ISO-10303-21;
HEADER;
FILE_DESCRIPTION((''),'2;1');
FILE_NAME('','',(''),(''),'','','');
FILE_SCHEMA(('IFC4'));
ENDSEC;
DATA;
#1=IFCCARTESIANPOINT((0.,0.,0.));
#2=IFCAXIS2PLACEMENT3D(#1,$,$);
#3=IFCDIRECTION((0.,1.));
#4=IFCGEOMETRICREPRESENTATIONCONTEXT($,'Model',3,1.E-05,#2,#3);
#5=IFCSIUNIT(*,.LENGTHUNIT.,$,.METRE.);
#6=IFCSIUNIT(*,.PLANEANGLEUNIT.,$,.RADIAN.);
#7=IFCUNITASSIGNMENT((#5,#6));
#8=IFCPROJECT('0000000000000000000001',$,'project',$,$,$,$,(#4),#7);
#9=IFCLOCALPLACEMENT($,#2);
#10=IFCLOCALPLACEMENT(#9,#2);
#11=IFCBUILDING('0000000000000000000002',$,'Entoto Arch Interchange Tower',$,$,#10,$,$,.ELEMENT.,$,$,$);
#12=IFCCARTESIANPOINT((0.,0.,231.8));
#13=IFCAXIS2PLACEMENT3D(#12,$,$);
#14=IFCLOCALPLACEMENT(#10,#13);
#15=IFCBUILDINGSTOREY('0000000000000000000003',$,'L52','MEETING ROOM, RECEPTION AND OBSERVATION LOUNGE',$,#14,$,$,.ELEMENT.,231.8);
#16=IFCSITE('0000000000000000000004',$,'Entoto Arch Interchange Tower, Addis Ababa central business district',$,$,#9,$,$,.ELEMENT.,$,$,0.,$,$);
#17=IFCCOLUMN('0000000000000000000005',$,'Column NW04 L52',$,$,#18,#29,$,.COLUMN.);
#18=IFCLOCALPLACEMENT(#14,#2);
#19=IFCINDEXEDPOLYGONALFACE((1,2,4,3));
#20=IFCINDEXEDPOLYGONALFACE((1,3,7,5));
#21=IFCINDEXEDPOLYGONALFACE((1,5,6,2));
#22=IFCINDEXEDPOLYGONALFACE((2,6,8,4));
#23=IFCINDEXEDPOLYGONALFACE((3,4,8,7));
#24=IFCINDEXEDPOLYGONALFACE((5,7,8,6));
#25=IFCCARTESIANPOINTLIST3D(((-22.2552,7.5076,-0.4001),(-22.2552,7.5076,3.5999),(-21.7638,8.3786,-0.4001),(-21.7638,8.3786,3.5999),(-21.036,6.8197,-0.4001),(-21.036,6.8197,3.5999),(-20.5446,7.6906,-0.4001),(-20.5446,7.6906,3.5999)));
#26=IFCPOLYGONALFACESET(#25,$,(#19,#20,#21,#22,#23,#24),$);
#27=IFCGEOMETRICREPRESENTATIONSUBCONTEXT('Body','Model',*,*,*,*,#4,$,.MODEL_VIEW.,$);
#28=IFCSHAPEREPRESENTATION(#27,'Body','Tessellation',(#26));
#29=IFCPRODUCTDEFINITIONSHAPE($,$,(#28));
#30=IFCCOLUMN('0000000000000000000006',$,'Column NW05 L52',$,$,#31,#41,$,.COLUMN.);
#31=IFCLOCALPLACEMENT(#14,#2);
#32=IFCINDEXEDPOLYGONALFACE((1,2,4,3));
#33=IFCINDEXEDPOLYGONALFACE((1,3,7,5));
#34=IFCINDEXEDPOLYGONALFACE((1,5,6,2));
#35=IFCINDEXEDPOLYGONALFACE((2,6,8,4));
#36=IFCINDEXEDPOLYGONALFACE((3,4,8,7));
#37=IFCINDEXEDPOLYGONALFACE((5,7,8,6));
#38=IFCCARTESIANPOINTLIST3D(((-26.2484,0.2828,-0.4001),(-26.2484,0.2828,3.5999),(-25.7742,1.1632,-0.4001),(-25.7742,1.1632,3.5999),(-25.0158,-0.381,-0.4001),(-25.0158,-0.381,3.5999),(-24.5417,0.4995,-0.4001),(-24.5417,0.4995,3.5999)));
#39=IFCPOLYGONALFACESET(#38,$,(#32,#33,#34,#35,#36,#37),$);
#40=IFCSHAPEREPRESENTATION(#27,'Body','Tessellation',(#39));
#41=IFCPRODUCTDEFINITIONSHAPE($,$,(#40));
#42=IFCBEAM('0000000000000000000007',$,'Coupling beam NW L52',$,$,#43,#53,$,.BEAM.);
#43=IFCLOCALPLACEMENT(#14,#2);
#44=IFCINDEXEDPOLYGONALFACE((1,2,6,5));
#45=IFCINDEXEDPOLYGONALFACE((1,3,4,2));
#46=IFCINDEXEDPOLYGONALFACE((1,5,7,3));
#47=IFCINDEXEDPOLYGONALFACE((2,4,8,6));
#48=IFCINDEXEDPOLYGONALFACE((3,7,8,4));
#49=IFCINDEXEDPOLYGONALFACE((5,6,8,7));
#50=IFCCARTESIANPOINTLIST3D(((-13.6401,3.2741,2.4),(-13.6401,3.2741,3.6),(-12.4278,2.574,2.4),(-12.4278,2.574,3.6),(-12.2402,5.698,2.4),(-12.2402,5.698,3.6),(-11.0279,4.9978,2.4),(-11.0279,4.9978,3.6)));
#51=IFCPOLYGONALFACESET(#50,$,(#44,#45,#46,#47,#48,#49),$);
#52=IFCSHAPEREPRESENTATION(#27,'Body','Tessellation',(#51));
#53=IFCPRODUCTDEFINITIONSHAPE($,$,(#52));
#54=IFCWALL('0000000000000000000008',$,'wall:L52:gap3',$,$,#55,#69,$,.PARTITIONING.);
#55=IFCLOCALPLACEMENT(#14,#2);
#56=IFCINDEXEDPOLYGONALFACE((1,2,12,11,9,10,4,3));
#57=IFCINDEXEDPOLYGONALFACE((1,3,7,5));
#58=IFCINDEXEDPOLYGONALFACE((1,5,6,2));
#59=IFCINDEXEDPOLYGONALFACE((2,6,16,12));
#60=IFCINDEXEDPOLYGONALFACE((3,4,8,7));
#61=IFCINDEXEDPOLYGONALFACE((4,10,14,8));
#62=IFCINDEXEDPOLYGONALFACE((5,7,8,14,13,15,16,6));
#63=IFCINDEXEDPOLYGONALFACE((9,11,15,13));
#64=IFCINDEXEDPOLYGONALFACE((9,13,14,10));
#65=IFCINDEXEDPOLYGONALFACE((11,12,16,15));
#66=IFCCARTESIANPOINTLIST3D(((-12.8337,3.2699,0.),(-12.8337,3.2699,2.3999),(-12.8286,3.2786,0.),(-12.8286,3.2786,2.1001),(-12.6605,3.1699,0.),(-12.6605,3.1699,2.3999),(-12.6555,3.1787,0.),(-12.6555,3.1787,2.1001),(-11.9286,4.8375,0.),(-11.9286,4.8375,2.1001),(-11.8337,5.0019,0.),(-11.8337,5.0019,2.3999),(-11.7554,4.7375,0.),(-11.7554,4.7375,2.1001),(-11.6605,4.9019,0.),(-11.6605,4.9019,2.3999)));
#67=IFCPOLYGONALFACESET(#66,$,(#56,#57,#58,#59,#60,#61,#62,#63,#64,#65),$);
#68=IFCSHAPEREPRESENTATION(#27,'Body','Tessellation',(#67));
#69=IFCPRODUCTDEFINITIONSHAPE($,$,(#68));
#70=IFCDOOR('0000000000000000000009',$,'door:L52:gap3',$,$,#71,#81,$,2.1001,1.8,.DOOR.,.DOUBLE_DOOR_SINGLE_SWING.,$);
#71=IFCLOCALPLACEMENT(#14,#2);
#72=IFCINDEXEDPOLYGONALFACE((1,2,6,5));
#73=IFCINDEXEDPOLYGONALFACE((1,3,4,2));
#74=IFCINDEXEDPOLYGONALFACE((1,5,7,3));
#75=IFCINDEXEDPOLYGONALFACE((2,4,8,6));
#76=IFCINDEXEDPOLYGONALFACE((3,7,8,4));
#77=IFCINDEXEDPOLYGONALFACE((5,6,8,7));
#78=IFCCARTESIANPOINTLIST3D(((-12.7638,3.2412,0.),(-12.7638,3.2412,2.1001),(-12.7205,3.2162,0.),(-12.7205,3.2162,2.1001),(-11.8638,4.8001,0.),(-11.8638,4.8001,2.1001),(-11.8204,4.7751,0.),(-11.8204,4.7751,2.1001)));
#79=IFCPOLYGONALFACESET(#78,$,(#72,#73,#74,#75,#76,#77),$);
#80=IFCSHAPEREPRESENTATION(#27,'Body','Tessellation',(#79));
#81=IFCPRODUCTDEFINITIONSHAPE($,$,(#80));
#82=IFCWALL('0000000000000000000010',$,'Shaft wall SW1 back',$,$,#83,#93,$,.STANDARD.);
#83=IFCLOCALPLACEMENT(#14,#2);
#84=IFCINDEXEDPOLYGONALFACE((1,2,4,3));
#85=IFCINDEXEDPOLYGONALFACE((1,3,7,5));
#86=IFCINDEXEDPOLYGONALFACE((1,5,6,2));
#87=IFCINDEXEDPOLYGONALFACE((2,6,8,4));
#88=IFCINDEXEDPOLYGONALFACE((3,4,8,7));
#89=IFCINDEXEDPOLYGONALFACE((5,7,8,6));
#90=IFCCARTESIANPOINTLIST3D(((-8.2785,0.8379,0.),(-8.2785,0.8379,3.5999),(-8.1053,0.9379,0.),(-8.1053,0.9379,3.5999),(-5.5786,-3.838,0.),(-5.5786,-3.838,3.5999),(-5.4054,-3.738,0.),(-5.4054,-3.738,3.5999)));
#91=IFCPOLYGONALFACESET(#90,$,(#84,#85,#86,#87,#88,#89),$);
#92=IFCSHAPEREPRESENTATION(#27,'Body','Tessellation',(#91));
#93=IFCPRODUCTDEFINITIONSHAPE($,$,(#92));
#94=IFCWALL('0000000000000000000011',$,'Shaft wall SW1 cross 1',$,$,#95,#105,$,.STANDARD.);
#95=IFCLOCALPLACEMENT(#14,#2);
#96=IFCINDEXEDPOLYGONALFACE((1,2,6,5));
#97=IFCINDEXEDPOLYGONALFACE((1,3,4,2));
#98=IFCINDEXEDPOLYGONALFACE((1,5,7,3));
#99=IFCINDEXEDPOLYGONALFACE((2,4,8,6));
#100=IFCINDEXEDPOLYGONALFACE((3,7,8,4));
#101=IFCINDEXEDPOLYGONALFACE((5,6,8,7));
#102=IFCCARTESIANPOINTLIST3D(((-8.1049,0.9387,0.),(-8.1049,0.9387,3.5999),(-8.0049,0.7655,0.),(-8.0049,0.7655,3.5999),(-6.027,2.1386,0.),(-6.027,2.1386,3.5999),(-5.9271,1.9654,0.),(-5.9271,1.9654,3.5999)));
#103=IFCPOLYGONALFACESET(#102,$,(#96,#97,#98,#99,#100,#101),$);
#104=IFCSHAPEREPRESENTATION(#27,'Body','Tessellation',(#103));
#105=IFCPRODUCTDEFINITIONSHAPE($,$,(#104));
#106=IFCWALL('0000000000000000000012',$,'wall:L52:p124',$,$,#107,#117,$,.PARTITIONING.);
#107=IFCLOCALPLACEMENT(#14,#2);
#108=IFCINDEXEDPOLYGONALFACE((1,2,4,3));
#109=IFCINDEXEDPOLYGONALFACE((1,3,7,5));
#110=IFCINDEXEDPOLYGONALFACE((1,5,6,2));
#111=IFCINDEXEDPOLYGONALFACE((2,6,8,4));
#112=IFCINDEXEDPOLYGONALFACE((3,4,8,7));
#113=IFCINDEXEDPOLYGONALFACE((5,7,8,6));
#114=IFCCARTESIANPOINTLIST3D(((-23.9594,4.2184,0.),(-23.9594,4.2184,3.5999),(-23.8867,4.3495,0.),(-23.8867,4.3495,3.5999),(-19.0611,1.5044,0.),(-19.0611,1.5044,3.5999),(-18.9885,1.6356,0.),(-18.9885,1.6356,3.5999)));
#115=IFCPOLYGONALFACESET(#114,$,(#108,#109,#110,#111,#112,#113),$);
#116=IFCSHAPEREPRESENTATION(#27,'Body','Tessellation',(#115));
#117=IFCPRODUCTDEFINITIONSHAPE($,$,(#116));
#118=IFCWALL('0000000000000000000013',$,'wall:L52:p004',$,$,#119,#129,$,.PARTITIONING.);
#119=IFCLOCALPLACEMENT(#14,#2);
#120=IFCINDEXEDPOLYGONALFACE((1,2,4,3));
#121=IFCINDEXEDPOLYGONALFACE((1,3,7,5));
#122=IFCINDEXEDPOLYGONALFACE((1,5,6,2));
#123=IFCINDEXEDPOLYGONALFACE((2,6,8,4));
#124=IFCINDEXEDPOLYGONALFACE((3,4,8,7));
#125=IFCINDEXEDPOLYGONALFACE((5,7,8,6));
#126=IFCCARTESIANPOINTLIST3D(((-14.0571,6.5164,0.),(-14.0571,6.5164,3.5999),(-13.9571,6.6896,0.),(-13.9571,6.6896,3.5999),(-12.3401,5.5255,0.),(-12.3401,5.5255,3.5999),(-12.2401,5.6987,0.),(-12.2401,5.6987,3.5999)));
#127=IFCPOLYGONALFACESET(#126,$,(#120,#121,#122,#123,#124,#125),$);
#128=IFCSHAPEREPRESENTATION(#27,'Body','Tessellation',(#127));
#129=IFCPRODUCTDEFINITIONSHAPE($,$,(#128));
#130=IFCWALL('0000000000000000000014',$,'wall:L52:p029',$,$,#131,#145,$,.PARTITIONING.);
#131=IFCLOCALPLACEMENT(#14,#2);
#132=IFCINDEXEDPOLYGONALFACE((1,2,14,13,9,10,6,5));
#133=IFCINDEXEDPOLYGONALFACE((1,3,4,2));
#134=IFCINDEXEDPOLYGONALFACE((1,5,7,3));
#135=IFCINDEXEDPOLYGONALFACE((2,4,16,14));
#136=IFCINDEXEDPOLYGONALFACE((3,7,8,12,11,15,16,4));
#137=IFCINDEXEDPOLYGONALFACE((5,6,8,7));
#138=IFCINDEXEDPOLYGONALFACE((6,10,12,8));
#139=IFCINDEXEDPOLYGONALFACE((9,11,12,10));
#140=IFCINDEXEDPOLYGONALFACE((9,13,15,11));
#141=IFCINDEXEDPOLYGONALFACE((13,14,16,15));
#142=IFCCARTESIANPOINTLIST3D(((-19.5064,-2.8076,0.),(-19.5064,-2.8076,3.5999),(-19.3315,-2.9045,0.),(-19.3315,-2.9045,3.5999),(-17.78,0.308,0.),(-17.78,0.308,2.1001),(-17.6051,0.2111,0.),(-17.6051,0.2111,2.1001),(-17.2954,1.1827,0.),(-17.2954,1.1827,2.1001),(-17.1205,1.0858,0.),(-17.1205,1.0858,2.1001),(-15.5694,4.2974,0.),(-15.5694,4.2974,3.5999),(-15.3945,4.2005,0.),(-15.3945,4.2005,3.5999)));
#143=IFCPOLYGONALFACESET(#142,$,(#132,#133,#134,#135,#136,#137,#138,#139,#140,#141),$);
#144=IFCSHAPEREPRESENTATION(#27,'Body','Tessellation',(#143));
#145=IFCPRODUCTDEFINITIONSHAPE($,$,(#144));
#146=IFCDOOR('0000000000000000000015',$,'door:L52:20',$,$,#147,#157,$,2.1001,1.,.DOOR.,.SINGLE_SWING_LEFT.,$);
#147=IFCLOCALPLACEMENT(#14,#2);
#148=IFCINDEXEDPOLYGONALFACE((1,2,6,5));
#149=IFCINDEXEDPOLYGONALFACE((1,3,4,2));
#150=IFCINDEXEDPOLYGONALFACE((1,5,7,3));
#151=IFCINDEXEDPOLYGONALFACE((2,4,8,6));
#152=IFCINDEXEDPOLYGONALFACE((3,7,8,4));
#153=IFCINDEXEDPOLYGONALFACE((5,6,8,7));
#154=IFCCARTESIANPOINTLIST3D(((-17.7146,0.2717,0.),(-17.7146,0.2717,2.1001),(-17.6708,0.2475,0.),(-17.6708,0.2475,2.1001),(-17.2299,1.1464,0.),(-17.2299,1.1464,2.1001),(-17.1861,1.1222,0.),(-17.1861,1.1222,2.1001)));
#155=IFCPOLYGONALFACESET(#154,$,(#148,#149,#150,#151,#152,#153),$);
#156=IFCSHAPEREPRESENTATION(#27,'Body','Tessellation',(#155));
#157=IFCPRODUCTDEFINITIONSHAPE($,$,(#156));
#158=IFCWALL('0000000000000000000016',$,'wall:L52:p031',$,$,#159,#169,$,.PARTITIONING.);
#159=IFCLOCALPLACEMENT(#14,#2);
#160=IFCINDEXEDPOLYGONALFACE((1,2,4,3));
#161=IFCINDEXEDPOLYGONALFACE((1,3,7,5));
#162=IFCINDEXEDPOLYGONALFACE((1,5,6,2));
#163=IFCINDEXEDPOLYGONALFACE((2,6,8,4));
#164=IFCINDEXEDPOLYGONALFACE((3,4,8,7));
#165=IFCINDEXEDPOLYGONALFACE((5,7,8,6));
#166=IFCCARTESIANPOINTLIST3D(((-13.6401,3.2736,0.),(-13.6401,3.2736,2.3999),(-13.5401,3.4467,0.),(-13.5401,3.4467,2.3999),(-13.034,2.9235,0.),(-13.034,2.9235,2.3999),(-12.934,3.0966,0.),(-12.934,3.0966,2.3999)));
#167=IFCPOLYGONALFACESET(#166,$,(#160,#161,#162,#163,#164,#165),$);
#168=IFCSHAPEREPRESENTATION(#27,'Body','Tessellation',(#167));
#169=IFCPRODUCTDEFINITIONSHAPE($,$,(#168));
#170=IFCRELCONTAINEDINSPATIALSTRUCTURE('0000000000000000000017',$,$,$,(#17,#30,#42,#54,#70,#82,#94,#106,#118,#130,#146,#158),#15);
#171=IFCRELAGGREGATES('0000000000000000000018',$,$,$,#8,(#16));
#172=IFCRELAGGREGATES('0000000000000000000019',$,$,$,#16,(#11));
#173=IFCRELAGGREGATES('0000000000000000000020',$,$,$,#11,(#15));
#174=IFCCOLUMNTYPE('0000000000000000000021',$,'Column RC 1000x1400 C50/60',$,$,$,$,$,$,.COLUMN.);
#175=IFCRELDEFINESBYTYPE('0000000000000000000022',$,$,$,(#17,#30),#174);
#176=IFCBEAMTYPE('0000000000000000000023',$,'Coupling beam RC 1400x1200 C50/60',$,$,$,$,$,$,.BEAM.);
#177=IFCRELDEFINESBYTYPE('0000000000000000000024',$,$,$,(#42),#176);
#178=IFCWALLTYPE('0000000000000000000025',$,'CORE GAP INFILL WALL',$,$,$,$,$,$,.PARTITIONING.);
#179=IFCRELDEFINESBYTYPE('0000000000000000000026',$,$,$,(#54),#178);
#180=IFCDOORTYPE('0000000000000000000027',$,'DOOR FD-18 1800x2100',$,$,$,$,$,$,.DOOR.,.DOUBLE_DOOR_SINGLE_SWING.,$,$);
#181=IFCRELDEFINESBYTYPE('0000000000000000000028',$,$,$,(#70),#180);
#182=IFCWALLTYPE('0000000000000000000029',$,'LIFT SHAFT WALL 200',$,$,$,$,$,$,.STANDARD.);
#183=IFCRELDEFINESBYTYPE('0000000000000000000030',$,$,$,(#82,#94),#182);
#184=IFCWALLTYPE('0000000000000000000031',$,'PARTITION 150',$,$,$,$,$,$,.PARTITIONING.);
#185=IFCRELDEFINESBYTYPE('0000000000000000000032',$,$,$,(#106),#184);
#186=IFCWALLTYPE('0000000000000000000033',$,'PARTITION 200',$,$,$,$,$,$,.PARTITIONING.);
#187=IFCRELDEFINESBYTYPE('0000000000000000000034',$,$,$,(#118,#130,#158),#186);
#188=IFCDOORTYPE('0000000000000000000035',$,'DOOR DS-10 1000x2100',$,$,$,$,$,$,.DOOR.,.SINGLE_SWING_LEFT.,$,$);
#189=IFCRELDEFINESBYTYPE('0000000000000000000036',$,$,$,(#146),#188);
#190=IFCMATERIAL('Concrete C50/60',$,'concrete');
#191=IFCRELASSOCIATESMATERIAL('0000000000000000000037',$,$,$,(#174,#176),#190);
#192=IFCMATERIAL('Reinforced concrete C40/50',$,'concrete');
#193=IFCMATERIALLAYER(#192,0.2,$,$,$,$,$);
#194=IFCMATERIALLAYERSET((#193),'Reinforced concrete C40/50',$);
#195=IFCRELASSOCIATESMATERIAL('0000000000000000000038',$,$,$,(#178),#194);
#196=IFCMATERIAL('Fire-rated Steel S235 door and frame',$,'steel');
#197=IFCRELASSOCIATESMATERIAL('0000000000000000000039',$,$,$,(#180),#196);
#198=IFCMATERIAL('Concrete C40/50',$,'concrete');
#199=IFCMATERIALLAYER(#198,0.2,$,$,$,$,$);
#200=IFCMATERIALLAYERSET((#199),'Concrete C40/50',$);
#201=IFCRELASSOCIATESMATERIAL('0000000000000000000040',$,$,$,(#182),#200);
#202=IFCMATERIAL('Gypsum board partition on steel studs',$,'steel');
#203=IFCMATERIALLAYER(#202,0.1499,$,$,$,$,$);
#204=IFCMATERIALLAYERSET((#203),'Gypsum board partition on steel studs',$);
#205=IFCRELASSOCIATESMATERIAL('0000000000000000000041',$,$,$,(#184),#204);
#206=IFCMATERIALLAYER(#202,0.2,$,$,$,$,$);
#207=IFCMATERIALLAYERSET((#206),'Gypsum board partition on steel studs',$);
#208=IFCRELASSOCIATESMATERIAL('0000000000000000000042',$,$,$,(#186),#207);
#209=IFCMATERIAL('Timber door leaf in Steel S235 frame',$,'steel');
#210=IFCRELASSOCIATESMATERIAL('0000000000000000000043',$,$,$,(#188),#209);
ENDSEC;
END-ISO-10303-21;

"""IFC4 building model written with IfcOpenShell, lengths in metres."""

from ifc_helpers import new_model, si_unit, direction, frame, frame_2d, origin, origin_2d, place, context, subcontext, project, spatial, rectangle, extrude, material, layer, layer_set, material_profile, profile_set, type_object, element, fill, save


model = new_model("IFC4")

# Units and contexts
model_context = context("Model", 3, precision=1e-05, world=origin(), true_north=direction((0.0, 1.0)))
body_context = subcontext(model_context, "Body", "Model", "MODEL_VIEW")
ifc_project = project(units=[si_unit("LENGTHUNIT", "METRE"), si_unit("PLANEANGLEUNIT", "RADIAN")], contexts=[model_context])

# Site, building, storey
site_placement = place(None, origin())
site = spatial("IfcSite", under=ifc_project, at=site_placement, Name="Entoto Arch Interchange Tower, Addis Ababa central business district", CompositionType="ELEMENT", RefElevation=0.0)
building_placement = place(site_placement, origin())
building = spatial("IfcBuilding", under=site, at=building_placement, Name="Entoto Arch Interchange Tower", CompositionType="ELEMENT")
storey_placement = place(building_placement, frame((0.0, 0.0, 231.8)))
storey = spatial("IfcBuildingStorey", under=building, at=storey_placement, Name="L52", Description="MEETING ROOM, RECEPTION AND OBSERVATION LOUNGE", CompositionType="ELEMENT", Elevation=231.8)

# Columns
ifc_material_1 = material(Name="Concrete C50/60", Category="concrete")
ifc_material_profile_1 = material_profile(ifc_material_1, rectangle(XDim=1.0, YDim=1.3999, at=origin_2d()))
ifc_profile_set_1 = profile_set([ifc_material_profile_1], Name="Concrete C50/60")
column_type = type_object("IfcColumnType", Name="Column RC 1000x1400 C50/60", PredefinedType="COLUMN", material=ifc_profile_set_1)
for number, where, z_axis, x_axis, name in (
    (1, (-21.3999, 7.5991, -0.4001), (0.0, 0.0, 1.0), (0.491436, 0.870914, 0.0), "Column NW04 L52"),
    (2, (-25.395, 0.3911, -0.4001), (0.0, 0.0, 1.0), (0.474134, 0.880453, 0.0), "Column NW05 L52"),
):
    element("IfcColumn", number, at=place(storey_placement, frame(where, z_axis=z_axis, x_axis=x_axis)), inside=storey, type_object=column_type, Name=name, PredefinedType="COLUMN", context=body_context, shape_type="SweptSolid", body=[
        extrude(rectangle(XDim=1.0, YDim=1.3999, at=origin_2d()), origin(), (0.0, 0.0, 1.0), 4.0),
    ])

# Beam
ifc_material_profile_2 = material_profile(ifc_material_1, rectangle(XDim=1.3999, YDim=1.2, at=origin_2d()))
ifc_profile_set_2 = profile_set([ifc_material_profile_2], Name="Concrete C50/60")
beam_type = type_object("IfcBeamType", Name="Coupling beam RC 1400x1200 C50/60", PredefinedType="BEAM", material=ifc_profile_set_2)
beam_placement = place(storey_placement, frame((-11.634, 5.3479, 3.0), z_axis=(-0.500135, -0.865947, 0.0), x_axis=(0.865947, -0.500135, 0.0)))
element("IfcBeam", 3, at=beam_placement, inside=storey, type_object=beam_type, Name="Coupling beam NW L52", PredefinedType="BEAM", context=body_context, shape_type="SweptSolid", body=[
    extrude(rectangle(XDim=1.3999, YDim=1.2, at=origin_2d()), origin(), (0.0, 0.0, 1.0), 2.7991),
])

# Wall, opening, door
ifc_material_2 = material(Name="Reinforced concrete C40/50", Category="concrete")
ifc_layer_1 = layer(ifc_material_2, 0.2)
ifc_layer_set_1 = layer_set([ifc_layer_1], Name="Reinforced concrete C40/50")
wall_type_1 = type_object("IfcWallType", Name="CORE GAP INFILL WALL", PredefinedType="PARTITIONING", material=ifc_layer_set_1)
wall_1_placement = place(storey_placement, frame((-11.7471, 4.9519, 0.0), z_axis=(0.0, 0.0, 1.0), x_axis=(-0.500025, -0.866011, 0.0)))
wall_1 = element("IfcWall", 4, at=wall_1_placement, inside=storey, type_object=wall_type_1, Name="wall:L52:gap3", PredefinedType="PARTITIONING", context=body_context, shape_type="SweptSolid", body=[
    extrude(rectangle(XDim=2.0, YDim=0.2, at=frame_2d((1.0, 0.0))), origin(), (0.0, 0.0, 1.0), 2.3999),
])
opening_1_placement = place(wall_1_placement, frame((0.1899, 0.0, 0.0)))
opening_1 = element("IfcOpeningElement", 5, at=opening_1_placement, cuts=wall_1, PredefinedType="OPENING", context=body_context, shape_type="SweptSolid", body=[
    extrude(rectangle(XDim=1.8, YDim=2.1001, at=frame_2d((0.8999, 1.05))), frame((0.0, 0.1099, 0.0), z_axis=(0.0, -1.0, 0.0), x_axis=(1.0, 0.0, 0.0)), (0.0, 0.0, 1.0), 0.22),
])
ifc_material_3 = material(Name="Fire-rated Steel S235 door and frame", Category="steel")
door_type_1 = type_object("IfcDoorType", Name="DOOR FD-18 1800x2100", OperationType="DOUBLE_DOOR_SINGLE_SWING", PredefinedType="DOOR", material=ifc_material_3)
door_1_placement = place(opening_1_placement, origin())
door_1 = element("IfcDoor", 6, at=door_1_placement, inside=storey, type_object=door_type_1, Name="door:L52:gap3", OperationType="DOUBLE_DOOR_SINGLE_SWING", OverallHeight=2.1001, OverallWidth=1.8, PredefinedType="DOOR", context=body_context, shape_type="SweptSolid", body=[
    extrude(rectangle(XDim=1.8, YDim=2.1001, at=frame_2d((0.8999, 1.05))), frame((0.0, 0.0249, 0.0), z_axis=(0.0, -1.0, 0.0), x_axis=(1.0, 0.0, 0.0)), (0.0, 0.0, 1.0), 0.05),
])
fill(opening_1, door_1)

# Walls
ifc_material_4 = material(Name="Concrete C40/50", Category="concrete")
ifc_layer_2 = layer(ifc_material_4, 0.2)
ifc_layer_set_2 = layer_set([ifc_layer_2], Name="Concrete C40/50")
wall_type_2 = type_object("IfcWallType", Name="LIFT SHAFT WALL 200", PredefinedType="STANDARD", material=ifc_layer_set_2)
wall_2_placement = place(storey_placement, frame((-8.1919, 0.8879, 0.0), z_axis=(0.0, 0.0, 1.0), x_axis=(0.500034, -0.866006, 0.0)))
element("IfcWall", 7, at=wall_2_placement, inside=storey, type_object=wall_type_2, Name="Shaft wall SW1 back", PredefinedType="STANDARD", context=body_context, shape_type="SweptSolid", body=[
    extrude(rectangle(XDim=5.3994, YDim=0.2, at=frame_2d((2.6997, 0.0))), origin(), (0.0, 0.0, 1.0), 3.5999),
])
wall_3_placement = place(storey_placement, frame((-5.9771, 2.052, 0.0), z_axis=(0.0, 0.0, 1.0), x_axis=(-0.865974, -0.500089, 0.0)))
element("IfcWall", 8, at=wall_3_placement, inside=storey, type_object=wall_type_2, Name="Shaft wall SW1 cross 1", PredefinedType="STANDARD", context=body_context, shape_type="SweptSolid", body=[
    extrude(rectangle(XDim=2.3994, YDim=0.2, at=frame_2d((1.1997, 0.0))), origin(), (0.0, 0.0, 1.0), 3.5999),
])
ifc_material_5 = material(Name="Gypsum board partition on steel studs", Category="steel")
ifc_layer_3 = layer(ifc_material_5, 0.1499)
ifc_layer_set_3 = layer_set([ifc_layer_3], Name="Gypsum board partition on steel studs")
wall_type_3 = type_object("IfcWallType", Name="PARTITION 150", PredefinedType="PARTITIONING", material=ifc_layer_set_3)
wall_4_placement = place(storey_placement, frame((-19.0249, 1.5701, 0.0), z_axis=(0.0, 0.0, 1.0), x_axis=(-0.874714, 0.484639, 0.0)))
element("IfcWall", 9, at=wall_4_placement, inside=storey, type_object=wall_type_3, Name="wall:L52:p124", PredefinedType="PARTITIONING", context=body_context, shape_type="SweptSolid", body=[
    extrude(rectangle(XDim=5.5999, YDim=0.1499, at=frame_2d((2.7998, 0.0))), origin(), (0.0, 0.0, 1.0), 3.5999),
])
ifc_layer_4 = layer(ifc_material_5, 0.2)
ifc_layer_set_4 = layer_set([ifc_layer_4], Name="Gypsum board partition on steel studs")
wall_type_4 = type_object("IfcWallType", Name="PARTITION 200", PredefinedType="PARTITIONING", material=ifc_layer_set_4)
wall_5_placement = place(storey_placement, frame((-14.0071, 6.603, 0.0), z_axis=(0.0, 0.0, 1.0), x_axis=(0.866106, -0.499861, 0.0)))
element("IfcWall", 10, at=wall_5_placement, inside=storey, type_object=wall_type_4, Name="wall:L52:p004", PredefinedType="PARTITIONING", context=body_context, shape_type="SweptSolid", body=[
    extrude(rectangle(XDim=1.9824, YDim=0.2, at=frame_2d((0.9912, 0.0))), origin(), (0.0, 0.0, 1.0), 3.5999),
])

# Wall, opening, door
wall_6_placement = place(storey_placement, frame((-15.4819, 4.249, 0.0), z_axis=(0.0, 0.0, 1.0), x_axis=(-0.484683, -0.87469, 0.0)))
wall_6 = element("IfcWall", 11, at=wall_6_placement, inside=storey, type_object=wall_type_4, Name="wall:L52:p029", PredefinedType="PARTITIONING", context=body_context, shape_type="SweptSolid", body=[
    extrude(rectangle(XDim=8.1228, YDim=0.2, at=frame_2d((4.0615, 0.0))), origin(), (0.0, 0.0, 1.0), 3.5999),
])
opening_2_placement = place(wall_6_placement, frame((3.561, 0.0, 0.0)))
opening_2 = element("IfcOpeningElement", 12, at=opening_2_placement, cuts=wall_6, PredefinedType="OPENING", context=body_context, shape_type="SweptSolid", body=[
    extrude(rectangle(XDim=1.0, YDim=2.1001, at=frame_2d((0.5, 1.05))), frame((0.0, 0.1099, 0.0), z_axis=(0.0, -1.0, 0.0), x_axis=(1.0, 0.0, 0.0)), (0.0, 0.0, 1.0), 0.22),
])
ifc_material_6 = material(Name="Timber door leaf in Steel S235 frame", Category="steel")
door_type_2 = type_object("IfcDoorType", Name="DOOR DS-10 1000x2100", OperationType="SINGLE_SWING_LEFT", PredefinedType="DOOR", material=ifc_material_6)
door_2_placement = place(opening_2_placement, origin())
door_2 = element("IfcDoor", 13, at=door_2_placement, inside=storey, type_object=door_type_2, Name="door:L52:20", OperationType="SINGLE_SWING_LEFT", OverallHeight=2.1001, OverallWidth=1.0, PredefinedType="DOOR", context=body_context, shape_type="SweptSolid", body=[
    extrude(rectangle(XDim=1.0, YDim=2.1001, at=frame_2d((0.5, 1.05))), frame((0.0, 0.0249, 0.0), z_axis=(0.0, -1.0, 0.0), x_axis=(1.0, 0.0, 0.0)), (0.0, 0.0, 1.0), 0.05),
])
fill(opening_2, door_2)

# Wall
wall_7_placement = place(storey_placement, frame((-12.9839, 3.01, 0.0), z_axis=(0.0, 0.0, 1.0), x_axis=(-0.865959, 0.500115, 0.0)))
element("IfcWall", 14, at=wall_7_placement, inside=storey, type_object=wall_type_4, Name="wall:L52:p031", PredefinedType="PARTITIONING", context=body_context, shape_type="SweptSolid", body=[
    extrude(rectangle(XDim=0.7, YDim=0.2, at=frame_2d((0.3501, 0.0))), origin(), (0.0, 0.0, 1.0), 2.3999),
])

save(model, "model.ifc")
